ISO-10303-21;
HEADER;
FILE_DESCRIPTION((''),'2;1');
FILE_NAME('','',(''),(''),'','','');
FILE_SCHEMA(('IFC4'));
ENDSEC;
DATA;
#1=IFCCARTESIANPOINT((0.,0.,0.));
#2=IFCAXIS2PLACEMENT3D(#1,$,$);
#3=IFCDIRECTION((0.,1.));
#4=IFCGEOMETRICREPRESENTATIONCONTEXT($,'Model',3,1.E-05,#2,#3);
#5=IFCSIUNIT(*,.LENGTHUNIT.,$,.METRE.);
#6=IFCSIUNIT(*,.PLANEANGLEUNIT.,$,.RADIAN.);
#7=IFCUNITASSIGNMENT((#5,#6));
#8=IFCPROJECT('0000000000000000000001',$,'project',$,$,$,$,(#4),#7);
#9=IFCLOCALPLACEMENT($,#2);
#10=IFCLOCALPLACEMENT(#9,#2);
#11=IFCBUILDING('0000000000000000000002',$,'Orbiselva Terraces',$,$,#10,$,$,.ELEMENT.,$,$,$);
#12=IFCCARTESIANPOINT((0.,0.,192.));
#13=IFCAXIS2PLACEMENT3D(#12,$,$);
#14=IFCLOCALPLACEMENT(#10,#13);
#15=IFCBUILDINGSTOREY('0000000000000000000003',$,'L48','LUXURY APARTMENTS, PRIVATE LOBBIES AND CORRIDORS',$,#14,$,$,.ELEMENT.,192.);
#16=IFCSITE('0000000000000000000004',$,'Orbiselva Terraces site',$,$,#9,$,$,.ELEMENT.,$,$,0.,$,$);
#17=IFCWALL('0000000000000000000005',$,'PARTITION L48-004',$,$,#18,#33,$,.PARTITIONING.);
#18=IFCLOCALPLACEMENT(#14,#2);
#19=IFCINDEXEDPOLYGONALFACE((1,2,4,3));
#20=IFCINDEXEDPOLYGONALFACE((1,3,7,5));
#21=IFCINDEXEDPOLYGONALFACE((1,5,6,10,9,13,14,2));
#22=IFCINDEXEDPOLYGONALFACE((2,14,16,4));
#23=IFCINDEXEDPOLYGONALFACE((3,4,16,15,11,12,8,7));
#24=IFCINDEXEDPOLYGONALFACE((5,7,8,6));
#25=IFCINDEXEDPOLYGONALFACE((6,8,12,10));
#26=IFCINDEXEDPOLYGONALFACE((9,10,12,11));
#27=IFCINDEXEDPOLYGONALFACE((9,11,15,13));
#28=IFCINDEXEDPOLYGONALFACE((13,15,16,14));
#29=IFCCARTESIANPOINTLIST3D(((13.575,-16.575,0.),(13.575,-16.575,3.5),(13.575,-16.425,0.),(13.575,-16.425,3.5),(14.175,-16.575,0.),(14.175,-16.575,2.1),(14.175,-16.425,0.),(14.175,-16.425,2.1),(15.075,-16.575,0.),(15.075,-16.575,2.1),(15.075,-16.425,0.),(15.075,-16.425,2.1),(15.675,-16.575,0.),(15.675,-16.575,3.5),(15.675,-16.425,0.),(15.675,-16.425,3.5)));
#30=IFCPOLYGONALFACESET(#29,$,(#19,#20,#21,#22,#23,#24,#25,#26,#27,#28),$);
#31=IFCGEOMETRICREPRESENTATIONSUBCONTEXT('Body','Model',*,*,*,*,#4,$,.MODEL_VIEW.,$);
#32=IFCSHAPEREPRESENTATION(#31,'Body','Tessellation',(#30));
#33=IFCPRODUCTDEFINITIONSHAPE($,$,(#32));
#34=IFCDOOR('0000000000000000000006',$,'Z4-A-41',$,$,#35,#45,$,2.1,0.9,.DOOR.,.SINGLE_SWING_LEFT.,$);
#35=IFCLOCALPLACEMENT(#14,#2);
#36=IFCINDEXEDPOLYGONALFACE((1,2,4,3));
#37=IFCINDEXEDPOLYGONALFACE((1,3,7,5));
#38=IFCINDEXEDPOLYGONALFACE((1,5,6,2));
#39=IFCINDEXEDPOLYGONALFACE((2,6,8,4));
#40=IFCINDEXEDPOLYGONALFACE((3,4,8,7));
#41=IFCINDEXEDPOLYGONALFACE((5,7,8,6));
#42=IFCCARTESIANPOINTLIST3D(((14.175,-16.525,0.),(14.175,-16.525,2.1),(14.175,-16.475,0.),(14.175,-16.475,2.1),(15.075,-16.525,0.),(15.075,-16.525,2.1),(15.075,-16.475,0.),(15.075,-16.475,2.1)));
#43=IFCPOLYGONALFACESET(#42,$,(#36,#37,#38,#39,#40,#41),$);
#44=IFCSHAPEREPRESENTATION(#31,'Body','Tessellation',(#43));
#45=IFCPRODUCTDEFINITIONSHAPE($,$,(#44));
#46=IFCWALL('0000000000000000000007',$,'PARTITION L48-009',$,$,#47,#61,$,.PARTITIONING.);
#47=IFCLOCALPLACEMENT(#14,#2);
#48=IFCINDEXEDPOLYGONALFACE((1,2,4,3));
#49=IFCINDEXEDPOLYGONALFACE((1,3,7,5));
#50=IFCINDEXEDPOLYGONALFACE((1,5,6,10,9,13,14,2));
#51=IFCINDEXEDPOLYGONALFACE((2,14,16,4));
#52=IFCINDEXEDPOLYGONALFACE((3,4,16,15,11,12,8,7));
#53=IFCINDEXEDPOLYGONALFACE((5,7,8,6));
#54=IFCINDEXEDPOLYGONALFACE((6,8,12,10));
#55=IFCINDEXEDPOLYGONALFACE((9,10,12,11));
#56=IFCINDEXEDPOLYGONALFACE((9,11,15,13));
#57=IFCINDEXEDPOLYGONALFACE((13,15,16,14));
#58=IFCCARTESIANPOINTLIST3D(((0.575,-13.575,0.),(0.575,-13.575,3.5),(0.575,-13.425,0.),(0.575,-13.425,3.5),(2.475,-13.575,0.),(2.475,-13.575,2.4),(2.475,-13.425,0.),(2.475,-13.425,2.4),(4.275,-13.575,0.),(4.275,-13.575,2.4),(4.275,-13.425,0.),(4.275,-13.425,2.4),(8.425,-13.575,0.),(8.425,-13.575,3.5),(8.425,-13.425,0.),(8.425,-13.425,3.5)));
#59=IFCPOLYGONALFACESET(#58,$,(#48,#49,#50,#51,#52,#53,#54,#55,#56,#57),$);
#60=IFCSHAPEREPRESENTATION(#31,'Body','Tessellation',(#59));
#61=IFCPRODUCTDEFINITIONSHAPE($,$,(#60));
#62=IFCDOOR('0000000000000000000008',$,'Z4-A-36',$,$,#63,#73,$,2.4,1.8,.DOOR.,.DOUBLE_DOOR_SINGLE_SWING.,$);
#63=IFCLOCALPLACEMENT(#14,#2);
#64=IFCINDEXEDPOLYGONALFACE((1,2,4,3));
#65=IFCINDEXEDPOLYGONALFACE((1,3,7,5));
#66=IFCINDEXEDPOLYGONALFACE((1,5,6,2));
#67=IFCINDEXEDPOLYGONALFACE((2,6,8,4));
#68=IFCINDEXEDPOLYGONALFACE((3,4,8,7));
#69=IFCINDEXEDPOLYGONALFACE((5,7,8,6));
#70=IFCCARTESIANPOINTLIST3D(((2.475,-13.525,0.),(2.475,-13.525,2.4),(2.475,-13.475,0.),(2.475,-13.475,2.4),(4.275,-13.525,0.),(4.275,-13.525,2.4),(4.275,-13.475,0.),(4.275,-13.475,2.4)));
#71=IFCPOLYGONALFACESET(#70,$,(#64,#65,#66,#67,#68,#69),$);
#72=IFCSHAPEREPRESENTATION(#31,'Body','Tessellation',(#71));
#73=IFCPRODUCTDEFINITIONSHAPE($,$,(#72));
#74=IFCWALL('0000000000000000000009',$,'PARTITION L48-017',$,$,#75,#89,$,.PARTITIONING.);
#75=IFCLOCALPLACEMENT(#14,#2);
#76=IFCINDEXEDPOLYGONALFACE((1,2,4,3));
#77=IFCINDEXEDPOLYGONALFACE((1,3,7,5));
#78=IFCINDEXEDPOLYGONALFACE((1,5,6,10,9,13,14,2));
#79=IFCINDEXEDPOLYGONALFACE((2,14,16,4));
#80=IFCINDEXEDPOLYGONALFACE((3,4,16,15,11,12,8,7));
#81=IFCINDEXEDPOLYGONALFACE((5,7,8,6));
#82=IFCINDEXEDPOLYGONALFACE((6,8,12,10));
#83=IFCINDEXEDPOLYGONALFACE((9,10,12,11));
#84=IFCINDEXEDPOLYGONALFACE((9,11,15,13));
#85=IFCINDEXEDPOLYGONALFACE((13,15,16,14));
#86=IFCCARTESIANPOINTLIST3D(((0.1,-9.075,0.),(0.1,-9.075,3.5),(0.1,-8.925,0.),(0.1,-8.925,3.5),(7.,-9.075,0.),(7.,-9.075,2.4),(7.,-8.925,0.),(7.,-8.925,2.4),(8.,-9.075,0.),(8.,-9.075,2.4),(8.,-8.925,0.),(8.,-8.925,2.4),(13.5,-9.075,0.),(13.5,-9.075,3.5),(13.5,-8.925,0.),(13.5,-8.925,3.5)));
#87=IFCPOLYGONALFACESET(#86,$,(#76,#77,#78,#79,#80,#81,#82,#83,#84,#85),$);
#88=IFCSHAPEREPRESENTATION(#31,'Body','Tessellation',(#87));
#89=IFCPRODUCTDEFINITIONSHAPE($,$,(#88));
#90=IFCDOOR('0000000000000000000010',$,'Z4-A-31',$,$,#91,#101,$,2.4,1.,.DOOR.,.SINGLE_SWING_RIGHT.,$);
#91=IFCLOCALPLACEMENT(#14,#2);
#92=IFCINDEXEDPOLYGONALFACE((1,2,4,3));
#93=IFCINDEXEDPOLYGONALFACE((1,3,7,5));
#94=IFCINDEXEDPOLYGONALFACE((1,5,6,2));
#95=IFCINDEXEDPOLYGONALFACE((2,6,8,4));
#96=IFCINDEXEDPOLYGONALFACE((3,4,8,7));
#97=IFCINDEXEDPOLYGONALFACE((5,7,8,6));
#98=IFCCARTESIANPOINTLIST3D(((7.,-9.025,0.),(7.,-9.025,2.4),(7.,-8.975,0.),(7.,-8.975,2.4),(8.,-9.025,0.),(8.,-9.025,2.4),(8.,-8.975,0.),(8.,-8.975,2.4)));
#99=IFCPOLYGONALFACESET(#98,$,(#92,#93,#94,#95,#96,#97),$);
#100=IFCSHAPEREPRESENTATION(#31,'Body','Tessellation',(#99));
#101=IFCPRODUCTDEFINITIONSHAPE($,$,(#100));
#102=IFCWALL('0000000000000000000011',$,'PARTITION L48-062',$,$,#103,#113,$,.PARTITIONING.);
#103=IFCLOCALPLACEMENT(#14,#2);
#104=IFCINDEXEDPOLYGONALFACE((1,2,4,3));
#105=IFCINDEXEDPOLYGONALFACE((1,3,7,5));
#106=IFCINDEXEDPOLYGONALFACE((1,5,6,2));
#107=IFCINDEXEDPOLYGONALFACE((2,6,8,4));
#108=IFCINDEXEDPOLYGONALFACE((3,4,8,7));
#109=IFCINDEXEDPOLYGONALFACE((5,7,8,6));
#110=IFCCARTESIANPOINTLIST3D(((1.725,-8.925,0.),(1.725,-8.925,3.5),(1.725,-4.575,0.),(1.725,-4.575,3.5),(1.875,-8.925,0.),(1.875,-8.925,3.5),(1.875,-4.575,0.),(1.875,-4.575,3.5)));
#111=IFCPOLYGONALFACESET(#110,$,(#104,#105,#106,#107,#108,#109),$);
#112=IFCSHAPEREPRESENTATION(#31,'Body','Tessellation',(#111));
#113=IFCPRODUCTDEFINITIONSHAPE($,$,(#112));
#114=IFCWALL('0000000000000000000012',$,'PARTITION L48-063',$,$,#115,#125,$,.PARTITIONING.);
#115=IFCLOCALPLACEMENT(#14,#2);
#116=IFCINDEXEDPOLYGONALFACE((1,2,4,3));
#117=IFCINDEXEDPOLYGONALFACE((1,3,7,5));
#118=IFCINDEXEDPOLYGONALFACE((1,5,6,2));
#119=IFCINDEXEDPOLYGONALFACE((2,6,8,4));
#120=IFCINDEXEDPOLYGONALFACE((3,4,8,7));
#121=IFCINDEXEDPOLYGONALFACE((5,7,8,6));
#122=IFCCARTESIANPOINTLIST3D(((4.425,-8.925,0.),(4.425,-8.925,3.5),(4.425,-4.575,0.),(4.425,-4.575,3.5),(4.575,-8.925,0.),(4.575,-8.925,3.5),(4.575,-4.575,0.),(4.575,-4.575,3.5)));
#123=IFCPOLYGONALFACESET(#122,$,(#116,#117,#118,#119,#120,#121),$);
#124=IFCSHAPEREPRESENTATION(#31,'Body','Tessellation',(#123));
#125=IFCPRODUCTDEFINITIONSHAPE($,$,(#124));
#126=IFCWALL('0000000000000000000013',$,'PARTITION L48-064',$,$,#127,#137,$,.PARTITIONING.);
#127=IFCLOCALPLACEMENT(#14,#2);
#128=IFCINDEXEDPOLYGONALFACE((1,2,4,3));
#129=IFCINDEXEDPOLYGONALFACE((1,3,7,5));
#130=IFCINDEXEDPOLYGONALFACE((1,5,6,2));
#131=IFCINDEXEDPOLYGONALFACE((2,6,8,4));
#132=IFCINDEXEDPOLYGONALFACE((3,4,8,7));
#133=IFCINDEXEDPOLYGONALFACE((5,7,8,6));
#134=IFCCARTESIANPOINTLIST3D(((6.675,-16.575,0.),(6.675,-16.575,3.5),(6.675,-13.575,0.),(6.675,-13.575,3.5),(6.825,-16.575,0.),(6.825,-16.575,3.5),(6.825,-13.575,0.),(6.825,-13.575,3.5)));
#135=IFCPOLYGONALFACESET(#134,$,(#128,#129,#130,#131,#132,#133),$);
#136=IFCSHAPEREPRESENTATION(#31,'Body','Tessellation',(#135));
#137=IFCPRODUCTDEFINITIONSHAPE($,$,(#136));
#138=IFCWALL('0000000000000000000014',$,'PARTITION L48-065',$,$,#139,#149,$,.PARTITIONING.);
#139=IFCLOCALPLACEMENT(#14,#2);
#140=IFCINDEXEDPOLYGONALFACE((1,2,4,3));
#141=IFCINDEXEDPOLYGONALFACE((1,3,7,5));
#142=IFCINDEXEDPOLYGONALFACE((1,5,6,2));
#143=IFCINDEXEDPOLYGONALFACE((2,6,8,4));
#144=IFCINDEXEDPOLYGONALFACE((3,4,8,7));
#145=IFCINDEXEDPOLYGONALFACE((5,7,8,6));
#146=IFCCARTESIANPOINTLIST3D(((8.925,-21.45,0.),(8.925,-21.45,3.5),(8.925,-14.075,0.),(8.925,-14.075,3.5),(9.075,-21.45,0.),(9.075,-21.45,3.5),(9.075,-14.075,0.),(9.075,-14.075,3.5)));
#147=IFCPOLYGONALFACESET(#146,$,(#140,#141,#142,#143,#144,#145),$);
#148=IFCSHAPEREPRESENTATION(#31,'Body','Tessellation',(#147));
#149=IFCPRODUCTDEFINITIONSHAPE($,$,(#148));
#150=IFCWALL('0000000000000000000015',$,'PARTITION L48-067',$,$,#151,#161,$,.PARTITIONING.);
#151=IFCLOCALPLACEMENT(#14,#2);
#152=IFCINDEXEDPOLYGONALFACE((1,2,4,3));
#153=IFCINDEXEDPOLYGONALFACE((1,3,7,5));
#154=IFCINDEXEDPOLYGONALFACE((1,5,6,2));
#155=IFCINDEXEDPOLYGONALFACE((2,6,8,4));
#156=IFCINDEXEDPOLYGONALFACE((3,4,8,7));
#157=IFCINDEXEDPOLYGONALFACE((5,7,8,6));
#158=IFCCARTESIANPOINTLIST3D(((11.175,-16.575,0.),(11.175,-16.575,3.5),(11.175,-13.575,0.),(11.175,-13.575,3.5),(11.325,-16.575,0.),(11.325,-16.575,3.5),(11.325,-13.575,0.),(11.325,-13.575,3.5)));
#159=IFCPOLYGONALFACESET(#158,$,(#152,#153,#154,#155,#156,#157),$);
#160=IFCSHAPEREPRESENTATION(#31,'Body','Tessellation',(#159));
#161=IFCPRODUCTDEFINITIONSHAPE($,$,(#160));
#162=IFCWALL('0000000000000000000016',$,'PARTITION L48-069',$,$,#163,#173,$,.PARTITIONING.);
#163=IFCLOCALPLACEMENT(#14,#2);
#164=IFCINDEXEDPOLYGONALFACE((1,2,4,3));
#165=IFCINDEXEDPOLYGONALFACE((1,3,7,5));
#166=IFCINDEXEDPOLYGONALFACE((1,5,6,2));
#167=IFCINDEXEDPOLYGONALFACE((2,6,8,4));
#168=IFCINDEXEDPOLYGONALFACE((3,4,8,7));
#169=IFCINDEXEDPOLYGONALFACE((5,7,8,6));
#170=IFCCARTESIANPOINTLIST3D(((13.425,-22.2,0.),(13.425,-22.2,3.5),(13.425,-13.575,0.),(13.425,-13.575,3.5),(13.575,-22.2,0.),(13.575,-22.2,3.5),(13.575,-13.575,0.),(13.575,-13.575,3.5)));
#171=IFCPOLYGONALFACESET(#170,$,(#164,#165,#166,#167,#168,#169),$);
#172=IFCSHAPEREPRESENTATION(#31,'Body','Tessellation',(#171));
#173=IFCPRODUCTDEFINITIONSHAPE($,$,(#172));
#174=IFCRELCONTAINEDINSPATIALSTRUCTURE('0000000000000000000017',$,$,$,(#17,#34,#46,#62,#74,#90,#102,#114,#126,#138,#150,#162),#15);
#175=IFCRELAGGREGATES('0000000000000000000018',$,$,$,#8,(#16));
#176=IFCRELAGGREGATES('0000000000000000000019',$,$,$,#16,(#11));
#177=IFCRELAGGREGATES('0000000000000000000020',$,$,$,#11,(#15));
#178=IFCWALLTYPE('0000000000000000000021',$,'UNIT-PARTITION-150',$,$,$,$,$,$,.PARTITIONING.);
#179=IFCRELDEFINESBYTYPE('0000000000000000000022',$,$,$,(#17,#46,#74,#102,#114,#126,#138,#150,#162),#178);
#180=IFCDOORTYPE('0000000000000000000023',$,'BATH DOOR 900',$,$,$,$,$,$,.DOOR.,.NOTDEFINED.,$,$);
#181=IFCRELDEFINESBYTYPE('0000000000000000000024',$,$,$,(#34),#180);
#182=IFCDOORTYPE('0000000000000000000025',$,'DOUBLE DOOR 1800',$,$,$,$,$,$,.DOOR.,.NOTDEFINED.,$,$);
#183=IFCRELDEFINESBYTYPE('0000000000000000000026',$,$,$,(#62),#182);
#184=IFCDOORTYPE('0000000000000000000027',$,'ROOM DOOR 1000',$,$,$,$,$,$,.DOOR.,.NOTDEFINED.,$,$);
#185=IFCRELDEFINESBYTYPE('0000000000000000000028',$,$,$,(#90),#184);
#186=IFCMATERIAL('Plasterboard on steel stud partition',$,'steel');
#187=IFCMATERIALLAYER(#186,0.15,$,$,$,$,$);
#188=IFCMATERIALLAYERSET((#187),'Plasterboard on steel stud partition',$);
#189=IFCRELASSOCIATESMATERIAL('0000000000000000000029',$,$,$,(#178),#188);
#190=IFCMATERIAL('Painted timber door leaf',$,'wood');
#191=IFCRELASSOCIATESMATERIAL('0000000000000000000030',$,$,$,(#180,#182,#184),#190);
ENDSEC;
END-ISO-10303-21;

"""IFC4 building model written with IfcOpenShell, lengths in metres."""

from ifc_helpers import new_model, si_unit, direction, frame, frame_2d, origin, place, context, subcontext, project, spatial, rectangle, extrude, material, layer, layer_set, type_object, element, fill, save


model = new_model("IFC4")

# Units and contexts
model_context = context("Model", 3, precision=1e-05, world=origin(), true_north=direction((0.0, 1.0)))
body_context = subcontext(model_context, "Body", "Model", "MODEL_VIEW")
ifc_project = project(units=[si_unit("LENGTHUNIT", "METRE"), si_unit("PLANEANGLEUNIT", "RADIAN")], contexts=[model_context])

# Site, building, storey
site_placement = place(None, origin())
site = spatial("IfcSite", under=ifc_project, at=site_placement, Name="Orbiselva Terraces site", CompositionType="ELEMENT", RefElevation=0.0)
building_placement = place(site_placement, origin())
building = spatial("IfcBuilding", under=site, at=building_placement, Name="Orbiselva Terraces", CompositionType="ELEMENT")
storey_placement = place(building_placement, frame((0.0, 0.0, 192.0)))
storey = spatial("IfcBuildingStorey", under=building, at=storey_placement, Name="L48", Description="LUXURY APARTMENTS, PRIVATE LOBBIES AND CORRIDORS", CompositionType="ELEMENT", Elevation=192.0)

# Shared definitions
ifc_material_1 = material(Name="Plasterboard on steel stud partition", Category="steel")

# Walls, openings, doors
ifc_layer_1 = layer(ifc_material_1, 0.15)
ifc_layer_set_1 = layer_set([ifc_layer_1], Name="Plasterboard on steel stud partition")
wall_type_1 = type_object("IfcWallType", Name="UNIT-PARTITION-150", PredefinedType="PARTITIONING", material=ifc_layer_set_1)
ifc_material_2 = material(Name="Painted timber door leaf", Category="wood")
door_type_1 = type_object("IfcDoorType", Name="BATH DOOR 900", OperationType="NOTDEFINED", PredefinedType="DOOR", material=ifc_material_2)
wall_1_placement = place(storey_placement, frame((13.575, -16.5, 0.0), z_axis=(0.0, 0.0, 1.0), x_axis=(1.0, 0.0, 0.0)))
wall_1 = element("IfcWall", 1, at=wall_1_placement, inside=storey, type_object=wall_type_1, Name="PARTITION L48-004", PredefinedType="PARTITIONING", context=body_context, shape_type="SweptSolid", body=[
    extrude(rectangle(XDim=2.1, YDim=0.15, at=frame_2d((1.05, 0.0))), origin(), (0.0, 0.0, 1.0), 3.5),
])
opening_1_placement = place(wall_1_placement, frame((0.6, 0.0, 0.0)))
opening_1 = element("IfcOpeningElement", 2, at=opening_1_placement, cuts=wall_1, PredefinedType="OPENING", context=body_context, shape_type="SweptSolid", body=[
    extrude(rectangle(XDim=0.9, YDim=2.1, at=frame_2d((0.45, 1.05))), frame((0.0, 0.085, 0.0), z_axis=(0.0, -1.0, 0.0), x_axis=(1.0, 0.0, 0.0)), (0.0, 0.0, 1.0), 0.17),
])
door_1_placement = place(opening_1_placement, origin())
door_1 = element("IfcDoor", 3, at=door_1_placement, inside=storey, type_object=door_type_1, Name="Z4-A-41", OperationType="SINGLE_SWING_LEFT", OverallHeight=2.1, OverallWidth=0.9, PredefinedType="DOOR", context=body_context, shape_type="SweptSolid", body=[
    extrude(rectangle(XDim=0.9, YDim=2.1, at=frame_2d((0.45, 1.05))), frame((0.0, 0.025, 0.0), z_axis=(0.0, -1.0, 0.0), x_axis=(1.0, 0.0, 0.0)), (0.0, 0.0, 1.0), 0.05),
])
fill(opening_1, door_1)
wall_2_placement = place(storey_placement, frame((8.425, -13.5, 0.0), z_axis=(0.0, 0.0, 1.0), x_axis=(-1.0, 0.0, 0.0)))
wall_2 = element("IfcWall", 4, at=wall_2_placement, inside=storey, type_object=wall_type_1, Name="PARTITION L48-009", PredefinedType="PARTITIONING", context=body_context, shape_type="SweptSolid", body=[
    extrude(rectangle(XDim=7.85, YDim=0.15, at=frame_2d((3.925, 0.0))), origin(), (0.0, 0.0, 1.0), 3.5),
])
opening_2_placement = place(wall_2_placement, frame((4.15, 0.0, 0.0)))
opening_2 = element("IfcOpeningElement", 5, at=opening_2_placement, cuts=wall_2, PredefinedType="OPENING", context=body_context, shape_type="SweptSolid", body=[
    extrude(rectangle(XDim=1.8, YDim=2.4, at=frame_2d((0.9, 1.2))), frame((0.0, 0.085, 0.0), z_axis=(0.0, -1.0, 0.0), x_axis=(1.0, 0.0, 0.0)), (0.0, 0.0, 1.0), 0.17),
])
door_type_2 = type_object("IfcDoorType", Name="DOUBLE DOOR 1800", OperationType="NOTDEFINED", PredefinedType="DOOR", material=ifc_material_2)
door_2_placement = place(opening_2_placement, origin())
door_2 = element("IfcDoor", 6, at=door_2_placement, inside=storey, type_object=door_type_2, Name="Z4-A-36", OperationType="DOUBLE_DOOR_SINGLE_SWING", OverallHeight=2.4, OverallWidth=1.8, PredefinedType="DOOR", context=body_context, shape_type="SweptSolid", body=[
    extrude(rectangle(XDim=1.8, YDim=2.4, at=frame_2d((0.9, 1.2))), frame((0.0, 0.025, 0.0), z_axis=(0.0, -1.0, 0.0), x_axis=(1.0, 0.0, 0.0)), (0.0, 0.0, 1.0), 0.05),
])
fill(opening_2, door_2)
wall_3_placement = place(storey_placement, frame((0.1, -9.0, 0.0), z_axis=(0.0, 0.0, 1.0), x_axis=(1.0, 0.0, 0.0)))
wall_3 = element("IfcWall", 7, at=wall_3_placement, inside=storey, type_object=wall_type_1, Name="PARTITION L48-017", PredefinedType="PARTITIONING", context=body_context, shape_type="SweptSolid", body=[
    extrude(rectangle(XDim=13.4, YDim=0.15, at=frame_2d((6.7, 0.0))), origin(), (0.0, 0.0, 1.0), 3.5),
])
opening_3_placement = place(wall_3_placement, frame((6.9, 0.0, 0.0)))
opening_3 = element("IfcOpeningElement", 8, at=opening_3_placement, cuts=wall_3, PredefinedType="OPENING", context=body_context, shape_type="SweptSolid", body=[
    extrude(rectangle(XDim=1.0, YDim=2.4, at=frame_2d((0.5, 1.2))), frame((0.0, 0.085, 0.0), z_axis=(0.0, -1.0, 0.0), x_axis=(1.0, 0.0, 0.0)), (0.0, 0.0, 1.0), 0.17),
])
door_type_3 = type_object("IfcDoorType", Name="ROOM DOOR 1000", OperationType="NOTDEFINED", PredefinedType="DOOR", material=ifc_material_2)
door_3_placement = place(opening_3_placement, origin())
door_3 = element("IfcDoor", 9, at=door_3_placement, inside=storey, type_object=door_type_3, Name="Z4-A-31", OperationType="SINGLE_SWING_RIGHT", OverallHeight=2.4, OverallWidth=1.0, PredefinedType="DOOR", context=body_context, shape_type="SweptSolid", body=[
    extrude(rectangle(XDim=1.0, YDim=2.4, at=frame_2d((0.5, 1.2))), frame((0.0, 0.025, 0.0), z_axis=(0.0, -1.0, 0.0), x_axis=(1.0, 0.0, 0.0)), (0.0, 0.0, 1.0), 0.05),
])
fill(opening_3, door_3)

# Walls
for number, where, z_axis, x_axis, name in (
    (10, (1.8, -8.925, 0.0), (0.0, 0.0, 1.0), (0.0, 1.0, 0.0), "PARTITION L48-062"),
    (11, (4.5, -8.925, 0.0), (0.0, 0.0, 1.0), (0.0, 1.0, 0.0), "PARTITION L48-063"),
):
    element("IfcWall", number, at=place(storey_placement, frame(where, z_axis=z_axis, x_axis=x_axis)), inside=storey, type_object=wall_type_1, Name=name, PredefinedType="PARTITIONING", context=body_context, shape_type="SweptSolid", body=[
        extrude(rectangle(XDim=4.35, YDim=0.15, at=frame_2d((2.175, 0.0))), origin(), (0.0, 0.0, 1.0), 3.5),
    ])
wall_4_placement = place(storey_placement, frame((6.75, -16.575, 0.0), z_axis=(0.0, 0.0, 1.0), x_axis=(0.0, 1.0, 0.0)))
element("IfcWall", 12, at=wall_4_placement, inside=storey, type_object=wall_type_1, Name="PARTITION L48-064", PredefinedType="PARTITIONING", context=body_context, shape_type="SweptSolid", body=[
    extrude(rectangle(XDim=3.0, YDim=0.15, at=frame_2d((1.5, 0.0))), origin(), (0.0, 0.0, 1.0), 3.5),
])
wall_5_placement = place(storey_placement, frame((9.0, -21.45, 0.0), z_axis=(0.0, 0.0, 1.0), x_axis=(0.0, 1.0, 0.0)))
element("IfcWall", 13, at=wall_5_placement, inside=storey, type_object=wall_type_1, Name="PARTITION L48-065", PredefinedType="PARTITIONING", context=body_context, shape_type="SweptSolid", body=[
    extrude(rectangle(XDim=7.375, YDim=0.15, at=frame_2d((3.6875, 0.0))), origin(), (0.0, 0.0, 1.0), 3.5),
])
wall_6_placement = place(storey_placement, frame((11.25, -16.575, 0.0), z_axis=(0.0, 0.0, 1.0), x_axis=(0.0, 1.0, 0.0)))
element("IfcWall", 14, at=wall_6_placement, inside=storey, type_object=wall_type_1, Name="PARTITION L48-067", PredefinedType="PARTITIONING", context=body_context, shape_type="SweptSolid", body=[
    extrude(rectangle(XDim=3.0, YDim=0.15, at=frame_2d((1.5, 0.0))), origin(), (0.0, 0.0, 1.0), 3.5),
])
wall_7_placement = place(storey_placement, frame((13.5, -22.2, 0.0), z_axis=(0.0, 0.0, 1.0), x_axis=(0.0, 1.0, 0.0)))
element("IfcWall", 15, at=wall_7_placement, inside=storey, type_object=wall_type_1, Name="PARTITION L48-069", PredefinedType="PARTITIONING", context=body_context, shape_type="SweptSolid", body=[
    extrude(rectangle(XDim=8.625, YDim=0.15, at=frame_2d((4.3125, 0.0))), origin(), (0.0, 0.0, 1.0), 3.5),
])

save(model, "model.ifc")
